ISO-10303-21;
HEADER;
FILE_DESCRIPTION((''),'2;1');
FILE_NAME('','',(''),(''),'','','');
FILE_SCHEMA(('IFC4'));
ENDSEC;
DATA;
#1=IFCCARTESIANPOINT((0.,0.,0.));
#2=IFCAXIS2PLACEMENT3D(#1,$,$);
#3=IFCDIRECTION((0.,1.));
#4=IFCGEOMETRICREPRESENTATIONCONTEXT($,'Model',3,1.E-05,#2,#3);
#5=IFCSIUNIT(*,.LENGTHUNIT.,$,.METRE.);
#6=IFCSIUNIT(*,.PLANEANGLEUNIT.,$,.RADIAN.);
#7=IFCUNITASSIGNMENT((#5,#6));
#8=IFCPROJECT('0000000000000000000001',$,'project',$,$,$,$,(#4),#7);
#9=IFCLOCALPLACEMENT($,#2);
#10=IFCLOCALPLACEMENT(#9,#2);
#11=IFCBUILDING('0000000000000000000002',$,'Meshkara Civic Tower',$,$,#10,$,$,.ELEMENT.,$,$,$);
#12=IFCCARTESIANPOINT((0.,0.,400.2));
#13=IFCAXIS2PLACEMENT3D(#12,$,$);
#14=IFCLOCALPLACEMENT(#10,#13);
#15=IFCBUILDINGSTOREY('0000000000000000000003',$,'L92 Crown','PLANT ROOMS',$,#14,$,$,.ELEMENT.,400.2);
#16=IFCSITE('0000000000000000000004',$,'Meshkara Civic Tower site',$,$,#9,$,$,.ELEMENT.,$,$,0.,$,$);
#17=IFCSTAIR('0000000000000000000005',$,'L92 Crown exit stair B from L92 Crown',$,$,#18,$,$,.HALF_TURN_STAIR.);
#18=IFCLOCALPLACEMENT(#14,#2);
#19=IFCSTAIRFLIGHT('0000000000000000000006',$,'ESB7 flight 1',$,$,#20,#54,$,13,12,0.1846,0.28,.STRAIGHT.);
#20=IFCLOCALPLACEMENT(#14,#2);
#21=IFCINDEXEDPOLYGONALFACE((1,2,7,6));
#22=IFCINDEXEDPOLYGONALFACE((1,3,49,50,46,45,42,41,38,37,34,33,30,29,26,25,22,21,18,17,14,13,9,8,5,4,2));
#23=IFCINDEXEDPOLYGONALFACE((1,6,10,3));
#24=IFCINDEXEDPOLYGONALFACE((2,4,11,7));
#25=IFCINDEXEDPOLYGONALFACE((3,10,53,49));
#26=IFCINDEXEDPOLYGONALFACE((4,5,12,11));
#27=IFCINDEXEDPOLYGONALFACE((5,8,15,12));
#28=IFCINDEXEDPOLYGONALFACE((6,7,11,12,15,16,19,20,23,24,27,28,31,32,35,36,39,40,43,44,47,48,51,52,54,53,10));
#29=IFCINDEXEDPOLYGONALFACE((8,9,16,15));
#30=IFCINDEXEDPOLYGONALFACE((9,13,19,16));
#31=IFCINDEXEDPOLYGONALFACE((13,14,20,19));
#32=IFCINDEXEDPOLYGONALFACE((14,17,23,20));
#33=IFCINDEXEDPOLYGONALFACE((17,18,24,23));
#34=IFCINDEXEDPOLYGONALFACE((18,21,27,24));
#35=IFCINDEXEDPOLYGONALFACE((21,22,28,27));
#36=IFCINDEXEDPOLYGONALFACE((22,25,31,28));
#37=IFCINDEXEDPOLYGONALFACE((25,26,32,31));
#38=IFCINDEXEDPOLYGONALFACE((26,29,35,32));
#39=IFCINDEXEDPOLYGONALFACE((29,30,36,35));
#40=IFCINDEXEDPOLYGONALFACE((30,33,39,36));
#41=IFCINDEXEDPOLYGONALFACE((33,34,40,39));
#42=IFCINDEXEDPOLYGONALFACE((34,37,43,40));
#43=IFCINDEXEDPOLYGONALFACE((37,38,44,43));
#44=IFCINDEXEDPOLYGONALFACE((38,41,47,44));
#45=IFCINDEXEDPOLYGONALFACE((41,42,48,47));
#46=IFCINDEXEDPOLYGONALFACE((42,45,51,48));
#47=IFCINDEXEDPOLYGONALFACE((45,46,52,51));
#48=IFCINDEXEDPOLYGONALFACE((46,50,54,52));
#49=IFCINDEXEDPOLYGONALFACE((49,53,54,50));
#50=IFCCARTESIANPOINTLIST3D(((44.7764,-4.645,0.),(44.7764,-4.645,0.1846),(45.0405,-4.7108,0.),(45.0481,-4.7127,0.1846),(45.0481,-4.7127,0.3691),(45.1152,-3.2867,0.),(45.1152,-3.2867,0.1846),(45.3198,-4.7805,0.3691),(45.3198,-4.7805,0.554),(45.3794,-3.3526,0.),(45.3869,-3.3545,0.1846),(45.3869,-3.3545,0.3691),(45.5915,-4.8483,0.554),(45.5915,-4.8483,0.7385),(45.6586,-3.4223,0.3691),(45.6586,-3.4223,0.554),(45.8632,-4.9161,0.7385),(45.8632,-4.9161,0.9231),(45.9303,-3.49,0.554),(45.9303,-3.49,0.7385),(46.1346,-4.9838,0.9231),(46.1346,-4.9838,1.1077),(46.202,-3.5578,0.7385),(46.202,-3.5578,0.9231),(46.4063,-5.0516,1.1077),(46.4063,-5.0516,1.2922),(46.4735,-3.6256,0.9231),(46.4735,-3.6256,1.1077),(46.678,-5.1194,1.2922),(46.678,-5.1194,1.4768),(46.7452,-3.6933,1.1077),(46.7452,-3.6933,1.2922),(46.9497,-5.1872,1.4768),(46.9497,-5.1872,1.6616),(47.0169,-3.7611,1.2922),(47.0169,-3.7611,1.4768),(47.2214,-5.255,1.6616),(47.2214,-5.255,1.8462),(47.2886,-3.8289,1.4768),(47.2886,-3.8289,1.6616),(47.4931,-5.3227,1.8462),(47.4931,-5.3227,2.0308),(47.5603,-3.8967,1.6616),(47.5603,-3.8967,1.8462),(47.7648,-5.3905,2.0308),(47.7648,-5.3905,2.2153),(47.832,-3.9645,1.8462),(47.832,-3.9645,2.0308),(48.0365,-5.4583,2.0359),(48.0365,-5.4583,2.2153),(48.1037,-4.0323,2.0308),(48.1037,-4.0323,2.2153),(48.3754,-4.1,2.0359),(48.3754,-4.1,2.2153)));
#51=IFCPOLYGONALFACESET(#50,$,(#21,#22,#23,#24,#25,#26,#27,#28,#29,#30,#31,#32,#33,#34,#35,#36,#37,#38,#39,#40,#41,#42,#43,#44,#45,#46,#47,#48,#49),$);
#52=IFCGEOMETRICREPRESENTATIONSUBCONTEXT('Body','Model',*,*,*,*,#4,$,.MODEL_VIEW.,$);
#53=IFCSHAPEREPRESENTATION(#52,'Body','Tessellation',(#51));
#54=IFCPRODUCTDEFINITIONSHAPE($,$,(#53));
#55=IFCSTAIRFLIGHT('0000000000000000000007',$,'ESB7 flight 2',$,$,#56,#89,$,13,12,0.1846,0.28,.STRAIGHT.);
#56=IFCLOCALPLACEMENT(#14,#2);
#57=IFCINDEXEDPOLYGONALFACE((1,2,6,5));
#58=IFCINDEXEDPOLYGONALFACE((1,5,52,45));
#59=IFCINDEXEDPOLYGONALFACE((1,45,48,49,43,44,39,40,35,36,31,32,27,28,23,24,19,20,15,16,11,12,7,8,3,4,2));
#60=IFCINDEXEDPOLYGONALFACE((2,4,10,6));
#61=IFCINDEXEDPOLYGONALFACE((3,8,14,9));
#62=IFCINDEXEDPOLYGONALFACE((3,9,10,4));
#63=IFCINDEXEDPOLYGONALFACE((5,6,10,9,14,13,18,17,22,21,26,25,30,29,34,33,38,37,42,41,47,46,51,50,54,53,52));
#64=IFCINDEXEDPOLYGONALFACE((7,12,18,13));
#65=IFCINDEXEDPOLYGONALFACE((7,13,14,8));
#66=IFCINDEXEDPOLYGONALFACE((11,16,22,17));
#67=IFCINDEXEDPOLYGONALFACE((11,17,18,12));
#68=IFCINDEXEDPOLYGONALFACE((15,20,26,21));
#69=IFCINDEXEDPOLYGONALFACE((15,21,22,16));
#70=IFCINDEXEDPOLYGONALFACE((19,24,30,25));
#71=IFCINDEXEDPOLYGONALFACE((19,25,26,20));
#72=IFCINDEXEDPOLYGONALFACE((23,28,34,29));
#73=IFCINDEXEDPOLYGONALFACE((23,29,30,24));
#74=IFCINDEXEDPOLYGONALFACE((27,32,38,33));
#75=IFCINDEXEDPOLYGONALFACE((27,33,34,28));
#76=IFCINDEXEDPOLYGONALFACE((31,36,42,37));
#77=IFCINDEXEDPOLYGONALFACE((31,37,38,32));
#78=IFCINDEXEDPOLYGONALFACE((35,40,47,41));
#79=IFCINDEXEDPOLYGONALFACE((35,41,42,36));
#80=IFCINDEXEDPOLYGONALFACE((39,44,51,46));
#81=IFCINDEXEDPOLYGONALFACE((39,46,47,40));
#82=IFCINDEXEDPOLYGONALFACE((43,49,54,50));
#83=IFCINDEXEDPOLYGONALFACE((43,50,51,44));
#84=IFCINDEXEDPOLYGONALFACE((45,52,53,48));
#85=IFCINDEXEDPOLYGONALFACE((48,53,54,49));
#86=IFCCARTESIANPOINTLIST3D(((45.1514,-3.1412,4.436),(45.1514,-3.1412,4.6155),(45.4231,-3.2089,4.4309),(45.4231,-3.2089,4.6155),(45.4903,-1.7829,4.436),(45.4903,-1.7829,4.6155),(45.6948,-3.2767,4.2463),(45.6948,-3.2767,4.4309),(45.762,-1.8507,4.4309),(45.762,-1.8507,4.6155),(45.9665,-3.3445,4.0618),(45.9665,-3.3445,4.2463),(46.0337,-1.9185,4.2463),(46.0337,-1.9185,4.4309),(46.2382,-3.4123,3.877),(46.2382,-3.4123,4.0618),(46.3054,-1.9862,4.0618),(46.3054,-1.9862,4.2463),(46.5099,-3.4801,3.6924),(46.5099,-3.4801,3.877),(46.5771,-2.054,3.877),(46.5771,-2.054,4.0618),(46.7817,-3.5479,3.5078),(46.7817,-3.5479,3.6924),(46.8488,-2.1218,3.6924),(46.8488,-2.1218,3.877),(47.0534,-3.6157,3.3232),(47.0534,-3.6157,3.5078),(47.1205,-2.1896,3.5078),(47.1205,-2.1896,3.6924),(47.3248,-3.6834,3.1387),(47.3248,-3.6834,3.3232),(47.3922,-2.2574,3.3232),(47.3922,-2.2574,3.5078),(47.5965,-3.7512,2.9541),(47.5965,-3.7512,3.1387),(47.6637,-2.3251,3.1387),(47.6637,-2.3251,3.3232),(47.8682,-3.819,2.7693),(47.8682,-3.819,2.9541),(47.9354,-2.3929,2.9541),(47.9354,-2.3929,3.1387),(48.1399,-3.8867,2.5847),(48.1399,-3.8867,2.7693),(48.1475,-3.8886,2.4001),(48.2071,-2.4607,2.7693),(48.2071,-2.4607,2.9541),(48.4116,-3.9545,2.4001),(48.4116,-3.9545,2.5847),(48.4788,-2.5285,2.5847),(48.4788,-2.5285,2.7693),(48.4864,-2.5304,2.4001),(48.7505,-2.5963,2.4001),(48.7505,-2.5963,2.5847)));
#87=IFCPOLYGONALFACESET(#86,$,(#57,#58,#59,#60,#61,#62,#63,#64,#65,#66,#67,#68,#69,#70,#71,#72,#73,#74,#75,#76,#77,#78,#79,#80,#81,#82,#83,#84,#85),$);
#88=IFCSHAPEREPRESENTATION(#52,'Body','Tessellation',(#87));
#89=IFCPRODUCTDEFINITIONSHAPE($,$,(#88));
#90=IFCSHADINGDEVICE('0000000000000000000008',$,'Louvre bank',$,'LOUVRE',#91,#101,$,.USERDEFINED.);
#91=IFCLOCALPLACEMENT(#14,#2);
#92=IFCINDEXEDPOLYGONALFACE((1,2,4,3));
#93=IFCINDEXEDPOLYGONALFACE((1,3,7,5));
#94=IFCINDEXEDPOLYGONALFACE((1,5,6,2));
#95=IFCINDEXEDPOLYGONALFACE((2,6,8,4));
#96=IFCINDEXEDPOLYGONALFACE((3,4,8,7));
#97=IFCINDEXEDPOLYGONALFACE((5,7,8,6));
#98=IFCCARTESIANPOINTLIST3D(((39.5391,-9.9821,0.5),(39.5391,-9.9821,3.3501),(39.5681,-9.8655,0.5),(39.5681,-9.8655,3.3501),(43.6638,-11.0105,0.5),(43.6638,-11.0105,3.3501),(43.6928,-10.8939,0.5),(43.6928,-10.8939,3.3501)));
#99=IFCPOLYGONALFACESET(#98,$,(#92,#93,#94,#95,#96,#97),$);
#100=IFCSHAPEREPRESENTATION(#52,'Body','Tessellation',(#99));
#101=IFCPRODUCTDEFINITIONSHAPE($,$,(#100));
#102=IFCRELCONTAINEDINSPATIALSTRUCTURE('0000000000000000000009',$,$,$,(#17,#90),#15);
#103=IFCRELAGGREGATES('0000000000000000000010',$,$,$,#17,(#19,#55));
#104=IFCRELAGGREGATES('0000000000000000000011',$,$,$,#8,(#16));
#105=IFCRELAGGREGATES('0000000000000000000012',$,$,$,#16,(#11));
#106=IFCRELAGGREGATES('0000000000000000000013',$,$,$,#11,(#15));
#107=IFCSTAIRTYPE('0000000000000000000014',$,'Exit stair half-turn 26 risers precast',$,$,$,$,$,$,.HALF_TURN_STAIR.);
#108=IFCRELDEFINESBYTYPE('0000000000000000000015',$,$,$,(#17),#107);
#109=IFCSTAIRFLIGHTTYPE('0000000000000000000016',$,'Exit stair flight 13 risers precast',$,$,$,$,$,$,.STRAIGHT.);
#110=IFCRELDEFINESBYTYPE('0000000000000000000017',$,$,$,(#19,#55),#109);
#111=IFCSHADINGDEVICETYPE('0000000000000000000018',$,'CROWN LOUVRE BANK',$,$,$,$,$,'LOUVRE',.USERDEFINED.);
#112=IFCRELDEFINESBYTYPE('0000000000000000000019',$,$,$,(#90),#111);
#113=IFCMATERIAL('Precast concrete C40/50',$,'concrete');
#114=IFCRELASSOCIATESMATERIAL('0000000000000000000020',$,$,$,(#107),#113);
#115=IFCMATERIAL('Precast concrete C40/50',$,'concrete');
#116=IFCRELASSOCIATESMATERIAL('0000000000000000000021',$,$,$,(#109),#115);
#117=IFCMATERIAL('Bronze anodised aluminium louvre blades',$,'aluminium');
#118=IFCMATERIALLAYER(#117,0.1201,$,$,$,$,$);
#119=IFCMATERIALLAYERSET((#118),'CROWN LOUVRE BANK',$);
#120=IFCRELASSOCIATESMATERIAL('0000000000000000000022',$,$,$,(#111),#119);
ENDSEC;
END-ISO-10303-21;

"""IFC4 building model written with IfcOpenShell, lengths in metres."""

from ifc_helpers import new_model, si_unit, direction, frame, origin, origin_2d, place, context, subcontext, project, spatial, polyline, rectangle, outline, extrude, material, layer, layer_set, type_object, element, aggregate, save


model = new_model("IFC4")

# Units and contexts
model_context = context("Model", 3, precision=1e-05, world=origin(), true_north=direction((0.0, 1.0)))
body_context = subcontext(model_context, "Body", "Model", "MODEL_VIEW")
ifc_project = project(units=[si_unit("LENGTHUNIT", "METRE"), si_unit("PLANEANGLEUNIT", "RADIAN")], contexts=[model_context])

# Site, building, storey
site_placement = place(None, origin())
site = spatial("IfcSite", under=ifc_project, at=site_placement, Name="Meshkara Civic Tower site", CompositionType="ELEMENT", RefElevation=0.0)
building_placement = place(site_placement, origin())
building = spatial("IfcBuilding", under=site, at=building_placement, Name="Meshkara Civic Tower", CompositionType="ELEMENT")
storey_placement = place(building_placement, frame((0.0, 0.0, 400.2)))
storey = spatial("IfcBuildingStorey", under=building, at=storey_placement, Name="L92 Crown", Description="PLANT ROOMS", CompositionType="ELEMENT", Elevation=400.2)

# Stair, stair flights
ifc_material_1 = material(Name="Precast concrete C40/50", Category="concrete")
stair_type = type_object("IfcStairType", Name="Exit stair half-turn 26 risers precast", PredefinedType="HALF_TURN_STAIR", material=ifc_material_1)
stair_placement = place(storey_placement, origin())
stair = element("IfcStair", 1, at=stair_placement, inside=storey, type_object=stair_type, Name="L92 Crown exit stair B from L92 Crown", PredefinedType="HALF_TURN_STAIR")
ifc_material_2 = material(Name="Precast concrete C40/50", Category="concrete")
stair_flight_type = type_object("IfcStairFlightType", Name="Exit stair flight 13 risers precast", PredefinedType="STRAIGHT", material=ifc_material_2)
stair_flight_1_placement = place(storey_placement, frame((44.9458, -3.9658, 0.0), z_axis=(0.0, 0.0, 1.0), x_axis=(0.97026, -0.242065, 0.0)))
stair_flight_1 = element("IfcStairFlight", 2, at=stair_flight_1_placement, type_object=stair_flight_type, Name="ESB7 flight 1", NumberOfRisers=13, NumberOfTreads=12, PredefinedType="STRAIGHT", RiserHeight=0.1846, TreadLength=0.28, context=body_context, shape_type="SweptSolid", body=[
    extrude(outline(polyline([(0.0, 0.0), (0.0, 0.1846), (0.28, 0.1846), (0.28, 0.3691), (0.5601, 0.3691), (0.5601, 0.554), (0.8401, 0.554), (0.8401, 0.7385), (1.1201, 0.7385), (1.1201, 0.9231), (1.3999, 0.9231), (1.3999, 1.1077), (1.6799, 1.1077), (1.6799, 1.2922), (1.96, 1.2922), (1.96, 1.4768), (2.24, 1.4768), (2.24, 1.6616), (2.52, 1.6616), (2.52, 1.8462), (2.8, 1.8462), (2.8, 2.0308), (3.0801, 2.0308), (3.0801, 2.2153), (3.3601, 2.2153), (3.3601, 2.3999), (3.3601, 2.0359), (0.2722, 0.0), (0.0, 0.0)])), frame((0.0, 0.7, 0.0), z_axis=(0.0, -1.0, 0.0), x_axis=(1.0, 0.0, 0.0)), (0.0, 0.0, 1.0), 1.3999),
])
stair_flight_2_placement = place(storey_placement, frame((48.5811, -3.2754, 2.4001), z_axis=(0.0, 0.0, 1.0), x_axis=(-0.97026, 0.242065, 0.0)))
stair_flight_2 = element("IfcStairFlight", 3, at=stair_flight_2_placement, type_object=stair_flight_type, Name="ESB7 flight 2", NumberOfRisers=13, NumberOfTreads=12, PredefinedType="STRAIGHT", RiserHeight=0.1846, TreadLength=0.28, context=body_context, shape_type="SweptSolid", body=[
    extrude(outline(polyline([(0.0, 0.0), (0.0, 0.1846), (0.28, 0.1846), (0.28, 0.3691), (0.5601, 0.3691), (0.5601, 0.554), (0.8401, 0.554), (0.8401, 0.7385), (1.1201, 0.7385), (1.1201, 0.9231), (1.3999, 0.9231), (1.3999, 1.1077), (1.6799, 1.1077), (1.6799, 1.2922), (1.96, 1.2922), (1.96, 1.4768), (2.24, 1.4768), (2.24, 1.6616), (2.52, 1.6616), (2.52, 1.8462), (2.8, 1.8462), (2.8, 2.0308), (3.0801, 2.0308), (3.0801, 2.2153), (3.3601, 2.2153), (3.3601, 2.3999), (3.3601, 2.0359), (0.2722, 0.0), (0.0, 0.0)])), frame((0.0, 0.7, 0.0), z_axis=(0.0, -1.0, 0.0), x_axis=(1.0, 0.0, 0.0)), (0.0, 0.0, 1.0), 1.3999),
])
aggregate(stair, [stair_flight_1, stair_flight_2])

# Shading device
ifc_material_3 = material(Name="Bronze anodised aluminium louvre blades", Category="aluminium")
ifc_layer_1 = layer(ifc_material_3, 0.1201)
ifc_layer_set_1 = layer_set([ifc_layer_1], Name="CROWN LOUVRE BANK")
shading_device_type = type_object("IfcShadingDeviceType", Name="CROWN LOUVRE BANK", ElementType="LOUVRE", PredefinedType="USERDEFINED", material=ifc_layer_set_1)
shading_device_placement = place(storey_placement, frame((41.616, -10.438, 0.5), z_axis=(0.0, 0.0, 1.0), x_axis=(0.970296, -0.241922, 0.0)))
element("IfcShadingDevice", 4, at=shading_device_placement, inside=storey, type_object=shading_device_type, Name="Louvre bank", ObjectType="LOUVRE", PredefinedType="USERDEFINED", context=body_context, shape_type="SweptSolid", body=[
    extrude(rectangle(XDim=4.251, YDim=0.1201, at=origin_2d()), origin(), (0.0, 0.0, 1.0), 2.8501),
])

save(model, "model.ifc")
